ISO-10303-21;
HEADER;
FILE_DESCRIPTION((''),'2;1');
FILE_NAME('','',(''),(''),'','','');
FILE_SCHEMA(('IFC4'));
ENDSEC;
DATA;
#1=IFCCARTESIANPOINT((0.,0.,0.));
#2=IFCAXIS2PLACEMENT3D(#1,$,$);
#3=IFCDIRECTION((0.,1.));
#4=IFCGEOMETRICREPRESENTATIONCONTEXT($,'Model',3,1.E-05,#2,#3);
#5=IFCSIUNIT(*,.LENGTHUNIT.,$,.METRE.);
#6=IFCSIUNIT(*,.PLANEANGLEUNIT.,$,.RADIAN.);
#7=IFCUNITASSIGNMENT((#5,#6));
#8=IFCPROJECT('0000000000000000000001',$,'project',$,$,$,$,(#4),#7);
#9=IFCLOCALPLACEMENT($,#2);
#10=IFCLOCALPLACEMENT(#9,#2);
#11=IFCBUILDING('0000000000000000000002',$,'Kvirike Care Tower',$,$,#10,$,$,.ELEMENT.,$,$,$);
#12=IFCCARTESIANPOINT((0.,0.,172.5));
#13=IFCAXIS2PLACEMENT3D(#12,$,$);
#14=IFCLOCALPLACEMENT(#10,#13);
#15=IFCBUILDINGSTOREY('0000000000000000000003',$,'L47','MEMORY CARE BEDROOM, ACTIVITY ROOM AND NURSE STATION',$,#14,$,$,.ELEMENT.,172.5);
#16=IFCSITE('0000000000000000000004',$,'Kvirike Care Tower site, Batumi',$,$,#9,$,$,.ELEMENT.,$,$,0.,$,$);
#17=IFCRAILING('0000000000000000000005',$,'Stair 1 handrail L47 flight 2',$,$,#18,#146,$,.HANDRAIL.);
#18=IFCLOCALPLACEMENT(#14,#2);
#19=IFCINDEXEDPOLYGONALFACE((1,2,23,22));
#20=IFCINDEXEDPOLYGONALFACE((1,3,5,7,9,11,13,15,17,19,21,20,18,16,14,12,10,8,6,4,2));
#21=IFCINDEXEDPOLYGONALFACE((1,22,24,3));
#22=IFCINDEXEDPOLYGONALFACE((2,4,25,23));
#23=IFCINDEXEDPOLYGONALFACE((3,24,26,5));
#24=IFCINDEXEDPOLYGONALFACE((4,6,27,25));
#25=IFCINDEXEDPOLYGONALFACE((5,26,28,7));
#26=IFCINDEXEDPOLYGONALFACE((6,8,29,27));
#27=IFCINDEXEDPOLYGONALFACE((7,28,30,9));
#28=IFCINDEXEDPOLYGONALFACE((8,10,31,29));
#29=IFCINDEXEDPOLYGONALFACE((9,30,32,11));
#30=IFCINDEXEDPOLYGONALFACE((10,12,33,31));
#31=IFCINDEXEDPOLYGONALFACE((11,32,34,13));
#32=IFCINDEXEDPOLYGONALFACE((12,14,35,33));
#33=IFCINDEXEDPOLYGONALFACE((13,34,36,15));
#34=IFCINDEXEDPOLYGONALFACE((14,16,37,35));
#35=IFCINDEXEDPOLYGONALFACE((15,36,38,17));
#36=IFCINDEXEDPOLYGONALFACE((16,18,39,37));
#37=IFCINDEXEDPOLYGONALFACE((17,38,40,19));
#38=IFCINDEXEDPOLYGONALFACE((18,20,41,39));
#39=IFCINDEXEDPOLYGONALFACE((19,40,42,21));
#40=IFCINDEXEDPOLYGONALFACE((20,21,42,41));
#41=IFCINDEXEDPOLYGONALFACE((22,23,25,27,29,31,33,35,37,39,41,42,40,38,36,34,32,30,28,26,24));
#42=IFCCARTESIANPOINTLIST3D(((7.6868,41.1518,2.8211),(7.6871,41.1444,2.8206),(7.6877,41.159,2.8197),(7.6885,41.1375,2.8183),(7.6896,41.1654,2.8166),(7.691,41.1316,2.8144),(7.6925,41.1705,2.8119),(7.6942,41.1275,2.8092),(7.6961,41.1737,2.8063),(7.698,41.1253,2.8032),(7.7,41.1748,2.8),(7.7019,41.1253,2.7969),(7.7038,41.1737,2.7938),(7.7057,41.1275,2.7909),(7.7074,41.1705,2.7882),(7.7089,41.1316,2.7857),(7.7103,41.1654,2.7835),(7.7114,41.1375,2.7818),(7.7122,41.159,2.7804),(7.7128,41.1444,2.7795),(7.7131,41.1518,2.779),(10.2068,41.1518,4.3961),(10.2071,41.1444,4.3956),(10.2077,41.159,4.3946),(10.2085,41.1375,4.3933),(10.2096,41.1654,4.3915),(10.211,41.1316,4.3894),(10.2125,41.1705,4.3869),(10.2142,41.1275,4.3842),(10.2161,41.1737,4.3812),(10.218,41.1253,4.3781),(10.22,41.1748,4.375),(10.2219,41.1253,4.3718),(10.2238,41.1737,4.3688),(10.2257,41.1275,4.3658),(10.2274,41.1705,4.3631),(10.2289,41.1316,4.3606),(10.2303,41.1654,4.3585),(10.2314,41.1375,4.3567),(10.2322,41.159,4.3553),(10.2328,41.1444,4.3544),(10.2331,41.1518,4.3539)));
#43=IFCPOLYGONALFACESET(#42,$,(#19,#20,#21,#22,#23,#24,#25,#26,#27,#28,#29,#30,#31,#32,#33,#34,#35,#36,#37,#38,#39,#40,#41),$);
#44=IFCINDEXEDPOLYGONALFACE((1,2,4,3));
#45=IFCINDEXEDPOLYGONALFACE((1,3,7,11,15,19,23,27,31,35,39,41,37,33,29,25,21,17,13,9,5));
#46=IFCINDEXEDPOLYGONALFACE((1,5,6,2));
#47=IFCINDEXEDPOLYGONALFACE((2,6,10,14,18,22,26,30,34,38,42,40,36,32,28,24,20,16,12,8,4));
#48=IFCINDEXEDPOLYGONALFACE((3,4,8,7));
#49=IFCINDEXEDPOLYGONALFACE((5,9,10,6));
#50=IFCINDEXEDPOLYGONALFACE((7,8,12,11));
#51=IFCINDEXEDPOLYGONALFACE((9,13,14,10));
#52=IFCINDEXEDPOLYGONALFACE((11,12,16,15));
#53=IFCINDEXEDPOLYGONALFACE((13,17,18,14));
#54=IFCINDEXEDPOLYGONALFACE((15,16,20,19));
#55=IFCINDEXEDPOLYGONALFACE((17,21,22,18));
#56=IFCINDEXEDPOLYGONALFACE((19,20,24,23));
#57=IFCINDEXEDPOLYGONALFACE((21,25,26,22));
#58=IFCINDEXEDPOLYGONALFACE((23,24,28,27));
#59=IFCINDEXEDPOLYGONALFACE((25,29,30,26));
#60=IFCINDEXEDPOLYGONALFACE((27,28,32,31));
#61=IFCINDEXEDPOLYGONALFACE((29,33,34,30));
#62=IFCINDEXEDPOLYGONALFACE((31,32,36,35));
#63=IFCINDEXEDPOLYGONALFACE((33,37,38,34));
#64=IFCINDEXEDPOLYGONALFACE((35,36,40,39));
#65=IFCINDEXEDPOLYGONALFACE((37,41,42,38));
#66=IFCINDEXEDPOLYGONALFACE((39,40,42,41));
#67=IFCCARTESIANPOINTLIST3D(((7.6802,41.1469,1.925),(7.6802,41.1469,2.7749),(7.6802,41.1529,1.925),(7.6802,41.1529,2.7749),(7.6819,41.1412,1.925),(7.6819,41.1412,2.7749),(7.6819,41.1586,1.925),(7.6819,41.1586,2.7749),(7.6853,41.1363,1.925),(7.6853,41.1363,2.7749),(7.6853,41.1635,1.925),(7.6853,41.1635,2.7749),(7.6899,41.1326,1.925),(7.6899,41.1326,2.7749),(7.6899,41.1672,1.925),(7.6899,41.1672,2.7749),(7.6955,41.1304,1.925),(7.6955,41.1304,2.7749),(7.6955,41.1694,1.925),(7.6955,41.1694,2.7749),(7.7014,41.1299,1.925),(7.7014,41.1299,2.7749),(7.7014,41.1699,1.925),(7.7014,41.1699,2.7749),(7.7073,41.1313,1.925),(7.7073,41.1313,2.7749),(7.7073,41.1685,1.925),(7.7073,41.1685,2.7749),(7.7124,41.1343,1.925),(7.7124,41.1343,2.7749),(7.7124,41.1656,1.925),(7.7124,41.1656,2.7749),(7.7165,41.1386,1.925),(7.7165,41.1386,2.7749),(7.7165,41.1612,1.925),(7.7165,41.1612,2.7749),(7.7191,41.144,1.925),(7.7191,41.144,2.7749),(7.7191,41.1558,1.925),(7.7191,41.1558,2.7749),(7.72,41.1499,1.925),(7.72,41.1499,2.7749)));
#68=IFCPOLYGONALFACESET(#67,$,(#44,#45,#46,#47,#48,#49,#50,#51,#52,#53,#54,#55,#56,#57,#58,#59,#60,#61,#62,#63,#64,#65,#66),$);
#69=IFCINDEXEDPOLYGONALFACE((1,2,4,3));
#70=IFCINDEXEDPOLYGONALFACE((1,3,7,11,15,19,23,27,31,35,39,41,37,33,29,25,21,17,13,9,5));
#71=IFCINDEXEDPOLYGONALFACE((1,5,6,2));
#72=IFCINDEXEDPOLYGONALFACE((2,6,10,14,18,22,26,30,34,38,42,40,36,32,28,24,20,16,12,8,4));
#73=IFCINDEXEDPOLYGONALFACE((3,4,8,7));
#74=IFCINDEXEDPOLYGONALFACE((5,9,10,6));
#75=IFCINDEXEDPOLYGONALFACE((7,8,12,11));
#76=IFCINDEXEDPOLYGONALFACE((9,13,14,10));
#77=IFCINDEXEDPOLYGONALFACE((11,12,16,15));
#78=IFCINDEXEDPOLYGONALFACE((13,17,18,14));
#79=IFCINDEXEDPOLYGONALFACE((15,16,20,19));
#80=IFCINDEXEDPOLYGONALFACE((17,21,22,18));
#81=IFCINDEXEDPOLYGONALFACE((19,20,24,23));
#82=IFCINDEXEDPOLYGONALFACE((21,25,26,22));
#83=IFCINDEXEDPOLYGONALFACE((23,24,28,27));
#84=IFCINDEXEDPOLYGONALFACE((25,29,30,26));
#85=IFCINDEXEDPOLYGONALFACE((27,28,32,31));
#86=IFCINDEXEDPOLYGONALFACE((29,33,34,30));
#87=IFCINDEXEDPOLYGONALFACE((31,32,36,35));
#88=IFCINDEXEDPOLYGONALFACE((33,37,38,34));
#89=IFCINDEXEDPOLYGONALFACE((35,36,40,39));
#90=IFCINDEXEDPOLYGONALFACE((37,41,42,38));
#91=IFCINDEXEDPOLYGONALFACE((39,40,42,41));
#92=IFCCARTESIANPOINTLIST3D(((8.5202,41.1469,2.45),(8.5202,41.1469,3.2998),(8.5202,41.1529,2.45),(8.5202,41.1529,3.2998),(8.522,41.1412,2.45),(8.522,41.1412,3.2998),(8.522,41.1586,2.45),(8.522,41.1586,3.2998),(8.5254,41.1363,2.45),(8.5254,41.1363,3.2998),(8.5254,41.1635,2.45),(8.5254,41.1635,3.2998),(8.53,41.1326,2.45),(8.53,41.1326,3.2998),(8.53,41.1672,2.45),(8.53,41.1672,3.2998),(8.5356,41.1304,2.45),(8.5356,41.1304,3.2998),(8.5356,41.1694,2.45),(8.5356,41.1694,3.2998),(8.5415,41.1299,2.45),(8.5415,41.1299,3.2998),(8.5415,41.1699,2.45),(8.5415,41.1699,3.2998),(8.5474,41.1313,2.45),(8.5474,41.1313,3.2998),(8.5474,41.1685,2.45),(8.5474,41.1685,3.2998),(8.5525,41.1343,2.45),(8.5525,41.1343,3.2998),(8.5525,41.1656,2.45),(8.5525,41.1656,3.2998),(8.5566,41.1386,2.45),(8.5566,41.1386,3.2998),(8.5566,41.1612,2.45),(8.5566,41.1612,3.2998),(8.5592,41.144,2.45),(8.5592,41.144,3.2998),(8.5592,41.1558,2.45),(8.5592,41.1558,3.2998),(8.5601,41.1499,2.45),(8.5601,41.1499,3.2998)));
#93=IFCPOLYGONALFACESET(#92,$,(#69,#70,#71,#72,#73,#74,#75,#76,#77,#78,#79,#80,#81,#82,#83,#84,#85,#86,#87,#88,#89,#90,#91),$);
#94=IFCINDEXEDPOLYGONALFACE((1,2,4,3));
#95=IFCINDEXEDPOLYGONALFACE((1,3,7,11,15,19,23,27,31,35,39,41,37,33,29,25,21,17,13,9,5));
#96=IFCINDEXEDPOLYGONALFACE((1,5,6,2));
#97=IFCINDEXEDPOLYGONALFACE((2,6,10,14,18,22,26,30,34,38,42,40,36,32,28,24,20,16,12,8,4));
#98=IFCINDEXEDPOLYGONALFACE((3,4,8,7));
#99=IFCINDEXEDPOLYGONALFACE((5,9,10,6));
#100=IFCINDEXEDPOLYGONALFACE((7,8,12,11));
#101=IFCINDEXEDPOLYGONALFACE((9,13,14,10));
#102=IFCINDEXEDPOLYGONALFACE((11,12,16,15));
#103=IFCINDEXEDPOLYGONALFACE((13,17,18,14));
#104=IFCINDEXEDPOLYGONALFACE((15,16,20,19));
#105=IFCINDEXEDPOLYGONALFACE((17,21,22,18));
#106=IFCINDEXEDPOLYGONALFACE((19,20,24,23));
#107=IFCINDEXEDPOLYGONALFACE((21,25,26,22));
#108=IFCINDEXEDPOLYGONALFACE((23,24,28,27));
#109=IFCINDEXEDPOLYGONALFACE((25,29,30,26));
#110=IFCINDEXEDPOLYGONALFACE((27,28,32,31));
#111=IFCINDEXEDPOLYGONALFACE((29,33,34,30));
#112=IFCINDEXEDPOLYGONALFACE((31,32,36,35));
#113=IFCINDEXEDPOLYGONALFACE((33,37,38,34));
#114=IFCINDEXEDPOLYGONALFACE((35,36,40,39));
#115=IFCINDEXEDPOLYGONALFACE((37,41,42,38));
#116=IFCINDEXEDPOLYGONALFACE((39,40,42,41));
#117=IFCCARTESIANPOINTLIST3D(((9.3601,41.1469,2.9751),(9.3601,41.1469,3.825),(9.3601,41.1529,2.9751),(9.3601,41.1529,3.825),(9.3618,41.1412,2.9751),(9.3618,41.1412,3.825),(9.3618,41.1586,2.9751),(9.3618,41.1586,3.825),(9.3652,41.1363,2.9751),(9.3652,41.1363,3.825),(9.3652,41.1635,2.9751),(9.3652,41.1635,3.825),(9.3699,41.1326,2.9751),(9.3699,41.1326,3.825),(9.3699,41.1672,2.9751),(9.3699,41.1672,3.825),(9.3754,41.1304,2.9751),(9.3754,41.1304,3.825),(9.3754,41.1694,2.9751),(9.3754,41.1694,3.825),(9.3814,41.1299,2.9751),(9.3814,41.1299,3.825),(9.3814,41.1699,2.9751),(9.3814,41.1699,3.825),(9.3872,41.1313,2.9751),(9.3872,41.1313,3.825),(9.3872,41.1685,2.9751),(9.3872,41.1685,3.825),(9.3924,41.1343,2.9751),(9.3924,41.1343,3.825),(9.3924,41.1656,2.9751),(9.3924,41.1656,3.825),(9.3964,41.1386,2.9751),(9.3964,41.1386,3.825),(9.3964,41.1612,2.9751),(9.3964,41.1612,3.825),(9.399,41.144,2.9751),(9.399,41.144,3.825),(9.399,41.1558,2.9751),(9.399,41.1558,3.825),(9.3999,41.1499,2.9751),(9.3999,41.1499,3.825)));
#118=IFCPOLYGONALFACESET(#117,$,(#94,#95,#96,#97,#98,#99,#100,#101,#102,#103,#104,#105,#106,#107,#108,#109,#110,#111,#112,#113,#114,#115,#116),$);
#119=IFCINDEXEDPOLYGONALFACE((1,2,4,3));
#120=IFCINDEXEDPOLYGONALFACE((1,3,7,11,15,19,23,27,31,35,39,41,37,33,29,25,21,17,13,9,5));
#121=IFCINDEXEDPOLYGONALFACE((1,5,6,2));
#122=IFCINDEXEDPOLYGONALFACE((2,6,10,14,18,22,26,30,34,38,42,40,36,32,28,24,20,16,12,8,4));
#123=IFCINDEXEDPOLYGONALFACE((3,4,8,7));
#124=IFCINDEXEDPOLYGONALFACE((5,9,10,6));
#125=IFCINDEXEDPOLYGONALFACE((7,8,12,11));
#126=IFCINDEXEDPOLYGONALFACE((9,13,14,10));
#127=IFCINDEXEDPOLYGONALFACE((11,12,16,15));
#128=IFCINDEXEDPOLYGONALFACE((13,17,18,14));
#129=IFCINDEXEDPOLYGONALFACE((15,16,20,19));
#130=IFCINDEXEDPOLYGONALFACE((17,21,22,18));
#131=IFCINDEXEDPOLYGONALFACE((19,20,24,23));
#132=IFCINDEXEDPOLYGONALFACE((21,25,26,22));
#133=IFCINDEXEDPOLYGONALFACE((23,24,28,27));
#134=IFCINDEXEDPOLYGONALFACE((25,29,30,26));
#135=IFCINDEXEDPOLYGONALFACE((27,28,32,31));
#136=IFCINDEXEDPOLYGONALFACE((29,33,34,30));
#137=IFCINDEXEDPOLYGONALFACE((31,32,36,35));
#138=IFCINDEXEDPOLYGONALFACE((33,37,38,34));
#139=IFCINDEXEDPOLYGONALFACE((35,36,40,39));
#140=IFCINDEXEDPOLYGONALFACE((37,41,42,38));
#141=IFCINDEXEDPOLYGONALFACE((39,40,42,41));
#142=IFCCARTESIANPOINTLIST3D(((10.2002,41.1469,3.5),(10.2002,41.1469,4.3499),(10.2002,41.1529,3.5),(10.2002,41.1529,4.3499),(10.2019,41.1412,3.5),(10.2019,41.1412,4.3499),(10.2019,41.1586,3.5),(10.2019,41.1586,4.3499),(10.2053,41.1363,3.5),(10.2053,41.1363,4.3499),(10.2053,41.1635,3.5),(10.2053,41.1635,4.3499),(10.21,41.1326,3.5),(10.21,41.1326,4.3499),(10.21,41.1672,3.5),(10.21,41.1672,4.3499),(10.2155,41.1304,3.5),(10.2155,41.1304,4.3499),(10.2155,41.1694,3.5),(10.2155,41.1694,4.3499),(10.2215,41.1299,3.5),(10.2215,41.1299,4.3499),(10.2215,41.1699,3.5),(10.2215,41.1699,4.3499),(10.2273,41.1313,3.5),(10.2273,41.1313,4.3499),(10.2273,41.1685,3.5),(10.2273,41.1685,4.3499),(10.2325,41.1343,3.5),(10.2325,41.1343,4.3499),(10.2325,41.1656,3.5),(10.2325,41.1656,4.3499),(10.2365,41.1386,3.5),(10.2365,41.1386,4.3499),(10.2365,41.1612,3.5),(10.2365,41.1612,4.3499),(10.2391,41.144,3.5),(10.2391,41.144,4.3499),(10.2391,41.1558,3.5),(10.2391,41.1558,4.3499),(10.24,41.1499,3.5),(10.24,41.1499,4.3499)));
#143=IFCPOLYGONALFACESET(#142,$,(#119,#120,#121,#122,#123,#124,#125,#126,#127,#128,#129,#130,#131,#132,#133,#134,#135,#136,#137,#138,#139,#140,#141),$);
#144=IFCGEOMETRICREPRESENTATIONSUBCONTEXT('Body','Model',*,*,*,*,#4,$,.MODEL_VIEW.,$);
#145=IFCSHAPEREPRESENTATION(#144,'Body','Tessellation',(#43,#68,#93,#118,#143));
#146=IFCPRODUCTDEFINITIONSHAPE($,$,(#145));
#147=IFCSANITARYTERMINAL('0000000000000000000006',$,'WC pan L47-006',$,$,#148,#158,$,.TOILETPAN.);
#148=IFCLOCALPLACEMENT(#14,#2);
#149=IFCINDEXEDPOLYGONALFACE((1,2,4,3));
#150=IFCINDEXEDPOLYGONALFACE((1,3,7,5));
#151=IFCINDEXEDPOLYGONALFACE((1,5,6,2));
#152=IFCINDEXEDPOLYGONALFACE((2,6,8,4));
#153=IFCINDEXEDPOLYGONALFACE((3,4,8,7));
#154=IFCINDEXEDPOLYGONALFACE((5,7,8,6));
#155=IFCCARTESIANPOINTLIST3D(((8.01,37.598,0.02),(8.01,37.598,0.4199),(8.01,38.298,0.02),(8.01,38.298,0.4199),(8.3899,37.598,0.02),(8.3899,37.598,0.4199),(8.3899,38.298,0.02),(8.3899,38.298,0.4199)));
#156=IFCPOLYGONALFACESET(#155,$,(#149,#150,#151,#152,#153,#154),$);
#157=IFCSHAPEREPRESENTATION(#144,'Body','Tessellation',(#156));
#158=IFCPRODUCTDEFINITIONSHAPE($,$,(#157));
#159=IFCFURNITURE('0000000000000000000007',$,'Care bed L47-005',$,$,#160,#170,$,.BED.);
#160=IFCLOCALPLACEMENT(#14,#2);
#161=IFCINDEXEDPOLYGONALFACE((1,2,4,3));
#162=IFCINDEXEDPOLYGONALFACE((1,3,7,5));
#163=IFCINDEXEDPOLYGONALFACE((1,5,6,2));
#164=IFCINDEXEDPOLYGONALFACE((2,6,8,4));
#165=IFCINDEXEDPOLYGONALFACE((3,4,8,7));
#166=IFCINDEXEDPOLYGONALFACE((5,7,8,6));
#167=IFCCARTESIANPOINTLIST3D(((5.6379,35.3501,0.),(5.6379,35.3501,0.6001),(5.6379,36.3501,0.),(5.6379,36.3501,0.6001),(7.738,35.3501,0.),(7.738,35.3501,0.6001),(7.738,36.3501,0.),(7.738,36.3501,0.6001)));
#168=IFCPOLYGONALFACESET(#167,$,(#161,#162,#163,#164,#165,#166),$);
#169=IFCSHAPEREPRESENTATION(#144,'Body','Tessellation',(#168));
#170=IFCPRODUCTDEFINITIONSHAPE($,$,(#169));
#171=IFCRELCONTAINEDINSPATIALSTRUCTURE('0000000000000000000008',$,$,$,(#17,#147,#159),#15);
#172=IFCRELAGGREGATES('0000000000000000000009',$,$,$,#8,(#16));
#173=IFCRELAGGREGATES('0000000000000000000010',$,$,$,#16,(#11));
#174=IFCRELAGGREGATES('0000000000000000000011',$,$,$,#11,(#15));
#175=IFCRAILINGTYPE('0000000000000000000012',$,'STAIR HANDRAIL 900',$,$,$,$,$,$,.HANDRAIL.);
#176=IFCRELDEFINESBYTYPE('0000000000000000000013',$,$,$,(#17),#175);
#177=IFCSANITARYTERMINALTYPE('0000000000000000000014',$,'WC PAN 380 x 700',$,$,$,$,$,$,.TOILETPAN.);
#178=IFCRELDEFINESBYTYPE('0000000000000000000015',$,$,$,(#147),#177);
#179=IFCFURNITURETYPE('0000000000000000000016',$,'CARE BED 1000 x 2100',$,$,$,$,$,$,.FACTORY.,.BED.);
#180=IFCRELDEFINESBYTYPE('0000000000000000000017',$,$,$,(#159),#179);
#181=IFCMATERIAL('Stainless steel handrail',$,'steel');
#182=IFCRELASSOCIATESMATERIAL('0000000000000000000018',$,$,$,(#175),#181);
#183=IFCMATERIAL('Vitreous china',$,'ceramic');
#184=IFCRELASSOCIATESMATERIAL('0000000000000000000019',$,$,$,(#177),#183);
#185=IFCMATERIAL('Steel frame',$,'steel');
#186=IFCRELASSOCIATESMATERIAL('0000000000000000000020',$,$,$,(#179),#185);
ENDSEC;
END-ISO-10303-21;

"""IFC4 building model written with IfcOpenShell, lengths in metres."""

from ifc_helpers import new_model, si_unit, direction, frame, origin, origin_2d, place, context, subcontext, project, spatial, rectangle, circle, extrude, material, type_object, element, save


model = new_model("IFC4")

# Units and contexts
model_context = context("Model", 3, precision=1e-05, world=origin(), true_north=direction((0.0, 1.0)))
body_context = subcontext(model_context, "Body", "Model", "MODEL_VIEW")
ifc_project = project(units=[si_unit("LENGTHUNIT", "METRE"), si_unit("PLANEANGLEUNIT", "RADIAN")], contexts=[model_context])

# Site, building, storey
site_placement = place(None, origin())
site = spatial("IfcSite", under=ifc_project, at=site_placement, Name="Kvirike Care Tower site, Batumi", CompositionType="ELEMENT", RefElevation=0.0)
building_placement = place(site_placement, origin())
building = spatial("IfcBuilding", under=site, at=building_placement, Name="Kvirike Care Tower", CompositionType="ELEMENT")
storey_placement = place(building_placement, frame((0.0, 0.0, 172.5)))
storey = spatial("IfcBuildingStorey", under=building, at=storey_placement, Name="L47", Description="MEMORY CARE BEDROOM, ACTIVITY ROOM AND NURSE STATION", CompositionType="ELEMENT", Elevation=172.5)

# Railing
ifc_material_1 = material(Name="Stainless steel handrail", Category="steel")
railing_type = type_object("IfcRailingType", Name="STAIR HANDRAIL 900", PredefinedType="HANDRAIL", material=ifc_material_1)
railing_placement = place(storey_placement, frame((7.7, 41.1499, 1.925)))
element("IfcRailing", 1, at=railing_placement, inside=storey, type_object=railing_type, Name="Stair 1 handrail L47 flight 2", PredefinedType="HANDRAIL", context=body_context, shape_type="SweptSolid", body=[
    extrude(circle(Radius=0.0249, at=origin_2d()), frame((0.0, 0.0, 0.875), z_axis=(0.848008, 0.0, 0.529984), x_axis=(0.0, 1.0, 0.0)), (0.0, 0.0, 1.0), 2.9717),
    extrude(circle(Radius=0.02, at=origin_2d()), origin(), (0.0, 0.0, 1.0), 0.8499),
    extrude(circle(Radius=0.02, at=origin_2d()), frame((0.8401, 0.0, 0.5249)), (0.0, 0.0, 1.0), 0.8499),
    extrude(circle(Radius=0.02, at=origin_2d()), frame((1.6799, 0.0, 1.05)), (0.0, 0.0, 1.0), 0.8499),
    extrude(circle(Radius=0.02, at=origin_2d()), frame((2.52, 0.0, 1.575)), (0.0, 0.0, 1.0), 0.8499),
])

# Sanitary terminal
ifc_material_2 = material(Name="Vitreous china", Category="ceramic")
sanitary_terminal_type = type_object("IfcSanitaryTerminalType", Name="WC PAN 380 x 700", PredefinedType="TOILETPAN", material=ifc_material_2)
sanitary_terminal_placement = place(storey_placement, frame((8.2, 37.948, 0.02), z_axis=(0.0, 0.0, 1.0), x_axis=(1.0, 0.0, 0.0)))
element("IfcSanitaryTerminal", 2, at=sanitary_terminal_placement, inside=storey, type_object=sanitary_terminal_type, Name="WC pan L47-006", PredefinedType="TOILETPAN", context=body_context, shape_type="SweptSolid", body=[
    extrude(rectangle(XDim=0.3799, YDim=0.7, at=origin_2d()), origin(), (0.0, 0.0, 1.0), 0.3999),
])

# Furniture
ifc_material_3 = material(Name="Steel frame", Category="steel")
furniture_type = type_object("IfcFurnitureType", Name="CARE BED 1000 x 2100", AssemblyPlace="FACTORY", PredefinedType="BED", material=ifc_material_3)
furniture_placement = place(storey_placement, frame((6.688, 35.8501, 0.0), z_axis=(0.0, 0.0, 1.0), x_axis=(0.0, -1.0, 0.0)))
element("IfcFurniture", 3, at=furniture_placement, inside=storey, type_object=furniture_type, Name="Care bed L47-005", PredefinedType="BED", context=body_context, shape_type="SweptSolid", body=[
    extrude(rectangle(XDim=1.0, YDim=2.1001, at=origin_2d()), origin(), (0.0, 0.0, 1.0), 0.6001),
])

save(model, "model.ifc")
